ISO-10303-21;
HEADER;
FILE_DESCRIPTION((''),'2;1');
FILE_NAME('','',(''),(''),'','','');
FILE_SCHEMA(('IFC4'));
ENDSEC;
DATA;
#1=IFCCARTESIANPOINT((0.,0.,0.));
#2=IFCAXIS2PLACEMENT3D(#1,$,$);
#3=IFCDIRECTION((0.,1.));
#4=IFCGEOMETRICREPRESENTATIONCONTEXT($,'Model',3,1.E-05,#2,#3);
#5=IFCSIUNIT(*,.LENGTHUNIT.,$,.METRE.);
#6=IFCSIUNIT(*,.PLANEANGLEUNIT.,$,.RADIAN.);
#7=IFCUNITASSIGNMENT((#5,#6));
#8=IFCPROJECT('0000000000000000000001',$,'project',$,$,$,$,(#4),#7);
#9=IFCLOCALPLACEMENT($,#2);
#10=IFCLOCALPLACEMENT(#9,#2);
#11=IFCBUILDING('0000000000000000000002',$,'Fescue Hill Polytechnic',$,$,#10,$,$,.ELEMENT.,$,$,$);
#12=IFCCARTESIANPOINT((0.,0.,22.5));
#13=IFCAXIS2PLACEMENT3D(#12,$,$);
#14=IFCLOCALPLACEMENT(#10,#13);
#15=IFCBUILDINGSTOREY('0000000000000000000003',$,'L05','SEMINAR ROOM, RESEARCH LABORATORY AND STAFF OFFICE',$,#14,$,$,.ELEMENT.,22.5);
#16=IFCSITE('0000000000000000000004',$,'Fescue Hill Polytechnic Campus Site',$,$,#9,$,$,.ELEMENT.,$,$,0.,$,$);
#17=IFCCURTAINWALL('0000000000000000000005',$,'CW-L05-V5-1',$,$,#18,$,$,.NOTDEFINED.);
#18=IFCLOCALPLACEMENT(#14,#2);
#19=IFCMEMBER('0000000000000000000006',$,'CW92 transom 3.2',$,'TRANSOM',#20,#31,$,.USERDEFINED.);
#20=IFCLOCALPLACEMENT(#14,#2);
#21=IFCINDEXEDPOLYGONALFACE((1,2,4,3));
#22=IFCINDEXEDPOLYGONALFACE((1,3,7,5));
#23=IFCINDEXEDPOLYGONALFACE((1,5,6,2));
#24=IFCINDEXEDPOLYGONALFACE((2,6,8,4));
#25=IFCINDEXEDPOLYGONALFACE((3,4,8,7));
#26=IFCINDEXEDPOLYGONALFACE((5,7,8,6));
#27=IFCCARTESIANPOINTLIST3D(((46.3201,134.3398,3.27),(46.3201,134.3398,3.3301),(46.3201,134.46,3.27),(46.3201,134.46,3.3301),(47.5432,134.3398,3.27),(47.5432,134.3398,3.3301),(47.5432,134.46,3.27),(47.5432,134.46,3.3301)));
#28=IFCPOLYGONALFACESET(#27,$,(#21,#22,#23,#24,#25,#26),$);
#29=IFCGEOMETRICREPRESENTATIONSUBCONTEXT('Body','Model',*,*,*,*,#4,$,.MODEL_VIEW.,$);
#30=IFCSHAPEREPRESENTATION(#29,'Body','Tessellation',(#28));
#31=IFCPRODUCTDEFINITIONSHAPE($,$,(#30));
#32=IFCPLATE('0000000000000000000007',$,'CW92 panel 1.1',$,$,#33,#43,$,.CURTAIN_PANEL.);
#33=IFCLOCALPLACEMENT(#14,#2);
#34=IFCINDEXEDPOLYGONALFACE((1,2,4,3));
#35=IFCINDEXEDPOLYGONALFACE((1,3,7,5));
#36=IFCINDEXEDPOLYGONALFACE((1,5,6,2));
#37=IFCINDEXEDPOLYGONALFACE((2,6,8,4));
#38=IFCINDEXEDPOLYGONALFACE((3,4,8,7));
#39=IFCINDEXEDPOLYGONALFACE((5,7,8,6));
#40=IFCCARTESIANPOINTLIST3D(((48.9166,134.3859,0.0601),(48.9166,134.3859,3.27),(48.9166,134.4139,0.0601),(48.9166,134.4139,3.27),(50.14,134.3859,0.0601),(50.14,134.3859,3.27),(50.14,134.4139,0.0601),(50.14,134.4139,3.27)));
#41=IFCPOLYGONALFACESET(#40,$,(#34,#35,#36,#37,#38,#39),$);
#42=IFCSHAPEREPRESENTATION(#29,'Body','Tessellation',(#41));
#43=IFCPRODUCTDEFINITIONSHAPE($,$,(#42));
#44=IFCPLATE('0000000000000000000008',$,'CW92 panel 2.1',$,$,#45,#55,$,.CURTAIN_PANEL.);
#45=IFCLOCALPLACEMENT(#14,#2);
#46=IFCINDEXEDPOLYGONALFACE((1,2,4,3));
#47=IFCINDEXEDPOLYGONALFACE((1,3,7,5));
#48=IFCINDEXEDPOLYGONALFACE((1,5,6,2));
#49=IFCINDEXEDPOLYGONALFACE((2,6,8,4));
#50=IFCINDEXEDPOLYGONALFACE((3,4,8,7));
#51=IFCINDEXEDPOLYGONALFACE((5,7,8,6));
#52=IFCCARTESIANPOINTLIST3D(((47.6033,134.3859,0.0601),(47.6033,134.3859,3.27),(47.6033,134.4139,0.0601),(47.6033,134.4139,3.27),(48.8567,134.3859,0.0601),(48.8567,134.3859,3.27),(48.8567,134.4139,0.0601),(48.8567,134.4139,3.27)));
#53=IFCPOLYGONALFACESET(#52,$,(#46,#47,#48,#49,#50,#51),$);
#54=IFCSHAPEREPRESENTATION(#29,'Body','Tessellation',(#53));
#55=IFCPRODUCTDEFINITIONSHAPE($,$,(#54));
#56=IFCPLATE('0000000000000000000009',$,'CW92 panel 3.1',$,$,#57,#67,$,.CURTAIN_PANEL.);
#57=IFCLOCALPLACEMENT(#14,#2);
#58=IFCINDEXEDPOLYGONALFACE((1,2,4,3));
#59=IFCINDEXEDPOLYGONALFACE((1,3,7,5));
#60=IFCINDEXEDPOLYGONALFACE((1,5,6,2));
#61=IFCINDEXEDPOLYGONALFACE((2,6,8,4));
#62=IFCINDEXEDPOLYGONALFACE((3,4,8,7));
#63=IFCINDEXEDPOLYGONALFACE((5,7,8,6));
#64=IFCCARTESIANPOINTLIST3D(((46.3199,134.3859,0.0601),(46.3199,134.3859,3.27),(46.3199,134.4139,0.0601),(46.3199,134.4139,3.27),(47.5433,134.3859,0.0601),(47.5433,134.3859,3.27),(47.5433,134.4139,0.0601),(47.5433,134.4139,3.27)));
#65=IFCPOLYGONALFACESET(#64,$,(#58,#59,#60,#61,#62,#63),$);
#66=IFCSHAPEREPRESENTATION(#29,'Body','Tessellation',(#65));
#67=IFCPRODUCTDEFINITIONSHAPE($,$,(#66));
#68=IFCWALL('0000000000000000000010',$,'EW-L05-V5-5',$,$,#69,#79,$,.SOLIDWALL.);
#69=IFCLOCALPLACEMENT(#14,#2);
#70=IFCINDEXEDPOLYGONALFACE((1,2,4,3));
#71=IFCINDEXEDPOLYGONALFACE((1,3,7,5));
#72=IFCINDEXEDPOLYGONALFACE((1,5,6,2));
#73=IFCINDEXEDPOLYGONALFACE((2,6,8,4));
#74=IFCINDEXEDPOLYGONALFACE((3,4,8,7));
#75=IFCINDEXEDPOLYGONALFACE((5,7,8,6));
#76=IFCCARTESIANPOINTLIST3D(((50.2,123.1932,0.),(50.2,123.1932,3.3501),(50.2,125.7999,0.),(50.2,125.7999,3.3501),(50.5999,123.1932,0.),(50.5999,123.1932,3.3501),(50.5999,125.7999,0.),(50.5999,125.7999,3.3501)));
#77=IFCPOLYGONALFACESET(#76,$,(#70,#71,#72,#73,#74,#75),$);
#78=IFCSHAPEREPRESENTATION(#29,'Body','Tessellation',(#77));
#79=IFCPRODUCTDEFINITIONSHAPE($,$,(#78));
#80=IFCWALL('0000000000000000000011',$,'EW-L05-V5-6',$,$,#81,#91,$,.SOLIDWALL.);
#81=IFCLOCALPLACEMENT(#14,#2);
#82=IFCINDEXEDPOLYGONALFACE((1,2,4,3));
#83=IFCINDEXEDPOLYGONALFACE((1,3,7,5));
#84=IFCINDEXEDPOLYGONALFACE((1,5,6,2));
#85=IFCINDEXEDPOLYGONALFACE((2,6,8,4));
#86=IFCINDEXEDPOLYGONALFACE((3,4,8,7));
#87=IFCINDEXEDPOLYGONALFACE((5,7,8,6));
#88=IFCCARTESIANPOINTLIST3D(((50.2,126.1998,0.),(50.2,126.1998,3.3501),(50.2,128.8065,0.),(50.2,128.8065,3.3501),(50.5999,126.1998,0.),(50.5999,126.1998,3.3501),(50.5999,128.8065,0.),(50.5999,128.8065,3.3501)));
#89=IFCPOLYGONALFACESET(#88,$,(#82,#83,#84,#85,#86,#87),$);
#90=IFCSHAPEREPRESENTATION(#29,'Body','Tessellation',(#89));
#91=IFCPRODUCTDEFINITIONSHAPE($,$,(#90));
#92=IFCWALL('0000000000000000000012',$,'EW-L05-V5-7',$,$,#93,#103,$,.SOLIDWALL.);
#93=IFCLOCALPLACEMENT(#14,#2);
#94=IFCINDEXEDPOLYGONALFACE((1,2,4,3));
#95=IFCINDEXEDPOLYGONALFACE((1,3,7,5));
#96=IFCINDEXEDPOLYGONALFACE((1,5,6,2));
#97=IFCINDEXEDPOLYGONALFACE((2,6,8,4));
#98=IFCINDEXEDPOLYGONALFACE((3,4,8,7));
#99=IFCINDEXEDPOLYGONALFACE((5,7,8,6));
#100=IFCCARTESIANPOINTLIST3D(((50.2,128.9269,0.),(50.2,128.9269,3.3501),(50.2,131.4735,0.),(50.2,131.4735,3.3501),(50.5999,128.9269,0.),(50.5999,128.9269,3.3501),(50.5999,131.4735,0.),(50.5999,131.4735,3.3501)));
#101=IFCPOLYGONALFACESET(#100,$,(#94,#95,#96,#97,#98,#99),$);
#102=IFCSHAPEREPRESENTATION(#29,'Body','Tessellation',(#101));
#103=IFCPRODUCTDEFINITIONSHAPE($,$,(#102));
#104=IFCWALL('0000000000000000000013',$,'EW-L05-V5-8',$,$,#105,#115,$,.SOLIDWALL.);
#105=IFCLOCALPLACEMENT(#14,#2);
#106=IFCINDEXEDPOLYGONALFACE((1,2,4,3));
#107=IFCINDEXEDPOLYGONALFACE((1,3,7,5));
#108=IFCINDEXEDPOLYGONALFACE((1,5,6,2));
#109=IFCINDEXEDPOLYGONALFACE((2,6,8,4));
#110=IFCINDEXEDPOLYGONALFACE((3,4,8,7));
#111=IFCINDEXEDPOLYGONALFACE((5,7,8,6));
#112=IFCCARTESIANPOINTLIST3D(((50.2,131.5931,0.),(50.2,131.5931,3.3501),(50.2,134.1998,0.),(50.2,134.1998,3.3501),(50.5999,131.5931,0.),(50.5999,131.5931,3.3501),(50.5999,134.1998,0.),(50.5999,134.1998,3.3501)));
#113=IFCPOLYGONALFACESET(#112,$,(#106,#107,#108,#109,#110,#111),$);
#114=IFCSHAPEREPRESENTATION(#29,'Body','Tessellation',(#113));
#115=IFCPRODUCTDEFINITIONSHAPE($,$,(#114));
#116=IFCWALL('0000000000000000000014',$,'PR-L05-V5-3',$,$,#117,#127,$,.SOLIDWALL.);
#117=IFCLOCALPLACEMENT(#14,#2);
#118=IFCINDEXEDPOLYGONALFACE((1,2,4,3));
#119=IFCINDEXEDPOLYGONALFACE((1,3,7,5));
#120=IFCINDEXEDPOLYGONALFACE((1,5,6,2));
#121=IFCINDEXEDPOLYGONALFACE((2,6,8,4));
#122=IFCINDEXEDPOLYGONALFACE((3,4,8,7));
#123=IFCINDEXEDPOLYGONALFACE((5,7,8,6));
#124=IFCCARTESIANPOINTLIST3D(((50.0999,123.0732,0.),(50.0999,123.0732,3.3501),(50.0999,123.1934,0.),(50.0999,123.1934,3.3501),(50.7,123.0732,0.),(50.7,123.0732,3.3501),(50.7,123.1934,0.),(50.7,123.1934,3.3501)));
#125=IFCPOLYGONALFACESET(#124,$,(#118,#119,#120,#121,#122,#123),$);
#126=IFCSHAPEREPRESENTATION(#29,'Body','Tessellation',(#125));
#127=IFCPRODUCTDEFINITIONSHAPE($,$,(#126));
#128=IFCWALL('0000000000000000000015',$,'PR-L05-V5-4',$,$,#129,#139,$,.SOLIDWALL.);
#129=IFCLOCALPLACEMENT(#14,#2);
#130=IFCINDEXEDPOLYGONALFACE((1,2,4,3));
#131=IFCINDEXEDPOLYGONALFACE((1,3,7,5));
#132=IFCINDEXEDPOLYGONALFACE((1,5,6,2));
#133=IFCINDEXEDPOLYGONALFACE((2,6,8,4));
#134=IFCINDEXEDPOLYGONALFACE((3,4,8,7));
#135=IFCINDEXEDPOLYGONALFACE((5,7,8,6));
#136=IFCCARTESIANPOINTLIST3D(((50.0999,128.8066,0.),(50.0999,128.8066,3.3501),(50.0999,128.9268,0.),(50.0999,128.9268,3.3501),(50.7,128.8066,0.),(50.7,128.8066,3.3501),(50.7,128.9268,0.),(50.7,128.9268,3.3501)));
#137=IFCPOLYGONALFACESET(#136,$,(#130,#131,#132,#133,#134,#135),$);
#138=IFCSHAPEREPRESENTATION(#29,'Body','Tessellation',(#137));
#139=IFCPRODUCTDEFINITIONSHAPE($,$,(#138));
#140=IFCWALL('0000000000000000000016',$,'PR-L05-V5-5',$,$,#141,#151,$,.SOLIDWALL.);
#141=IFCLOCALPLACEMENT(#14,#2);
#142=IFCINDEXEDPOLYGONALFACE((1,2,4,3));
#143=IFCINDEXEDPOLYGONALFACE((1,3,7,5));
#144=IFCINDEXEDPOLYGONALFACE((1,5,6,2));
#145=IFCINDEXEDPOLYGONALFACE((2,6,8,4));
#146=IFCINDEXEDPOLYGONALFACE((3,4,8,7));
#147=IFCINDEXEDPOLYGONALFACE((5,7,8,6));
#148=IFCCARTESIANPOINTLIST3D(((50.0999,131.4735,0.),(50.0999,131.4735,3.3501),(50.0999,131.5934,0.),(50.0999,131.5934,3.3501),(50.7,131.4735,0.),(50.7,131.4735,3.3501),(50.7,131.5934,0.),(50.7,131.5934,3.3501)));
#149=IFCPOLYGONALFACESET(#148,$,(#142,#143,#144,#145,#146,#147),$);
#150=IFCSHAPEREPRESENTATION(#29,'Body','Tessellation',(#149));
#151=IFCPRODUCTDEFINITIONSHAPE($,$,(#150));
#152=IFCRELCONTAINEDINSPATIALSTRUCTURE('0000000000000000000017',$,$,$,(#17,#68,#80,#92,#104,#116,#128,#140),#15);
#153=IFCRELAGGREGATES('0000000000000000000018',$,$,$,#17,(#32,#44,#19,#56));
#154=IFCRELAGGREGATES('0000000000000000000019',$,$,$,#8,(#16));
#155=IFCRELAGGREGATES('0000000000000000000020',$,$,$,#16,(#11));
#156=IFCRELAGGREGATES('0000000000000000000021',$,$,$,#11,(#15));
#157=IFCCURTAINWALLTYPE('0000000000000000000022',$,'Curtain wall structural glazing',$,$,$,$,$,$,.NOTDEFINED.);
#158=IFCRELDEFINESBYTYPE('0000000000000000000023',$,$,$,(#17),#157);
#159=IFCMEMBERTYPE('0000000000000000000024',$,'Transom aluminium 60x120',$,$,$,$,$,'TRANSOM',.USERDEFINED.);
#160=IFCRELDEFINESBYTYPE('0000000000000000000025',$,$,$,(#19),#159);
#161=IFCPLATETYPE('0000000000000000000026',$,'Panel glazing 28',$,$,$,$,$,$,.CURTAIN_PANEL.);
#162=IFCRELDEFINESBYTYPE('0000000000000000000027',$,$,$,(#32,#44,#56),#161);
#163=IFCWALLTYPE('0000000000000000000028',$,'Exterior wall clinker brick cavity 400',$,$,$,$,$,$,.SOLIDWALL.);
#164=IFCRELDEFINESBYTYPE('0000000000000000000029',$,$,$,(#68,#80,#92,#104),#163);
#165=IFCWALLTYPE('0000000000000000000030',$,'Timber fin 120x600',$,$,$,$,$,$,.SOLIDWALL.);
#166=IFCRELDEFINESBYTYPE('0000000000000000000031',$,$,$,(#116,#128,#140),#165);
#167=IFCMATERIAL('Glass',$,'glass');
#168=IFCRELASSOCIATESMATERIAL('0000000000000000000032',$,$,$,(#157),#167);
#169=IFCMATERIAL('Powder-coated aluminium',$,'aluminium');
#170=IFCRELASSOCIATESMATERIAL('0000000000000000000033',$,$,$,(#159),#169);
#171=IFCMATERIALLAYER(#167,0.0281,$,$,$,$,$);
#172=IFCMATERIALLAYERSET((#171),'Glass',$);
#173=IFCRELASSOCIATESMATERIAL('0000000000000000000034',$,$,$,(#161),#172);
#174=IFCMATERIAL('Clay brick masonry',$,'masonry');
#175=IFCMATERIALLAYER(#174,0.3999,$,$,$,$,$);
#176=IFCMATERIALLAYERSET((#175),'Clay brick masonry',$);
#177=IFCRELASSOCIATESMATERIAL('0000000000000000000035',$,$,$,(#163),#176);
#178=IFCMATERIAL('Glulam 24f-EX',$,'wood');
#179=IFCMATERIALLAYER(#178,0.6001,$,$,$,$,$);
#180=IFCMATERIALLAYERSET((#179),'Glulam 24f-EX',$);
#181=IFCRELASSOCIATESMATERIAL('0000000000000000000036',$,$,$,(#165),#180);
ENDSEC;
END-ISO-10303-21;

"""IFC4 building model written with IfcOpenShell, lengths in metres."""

from ifc_helpers import new_model, si_unit, direction, frame, frame_2d, origin, origin_2d, place, context, subcontext, project, spatial, rectangle, extrude, material, layer, layer_set, material_profile, profile_set, type_object, element, aggregate, save


model = new_model("IFC4")

# Units and contexts
model_context = context("Model", 3, precision=1e-05, world=origin(), true_north=direction((0.0, 1.0)))
body_context = subcontext(model_context, "Body", "Model", "MODEL_VIEW")
ifc_project = project(units=[si_unit("LENGTHUNIT", "METRE"), si_unit("PLANEANGLEUNIT", "RADIAN")], contexts=[model_context])

# Site, building, storey
site_placement = place(None, origin())
site = spatial("IfcSite", under=ifc_project, at=site_placement, Name="Fescue Hill Polytechnic Campus Site", CompositionType="ELEMENT", RefElevation=0.0)
building_placement = place(site_placement, origin())
building = spatial("IfcBuilding", under=site, at=building_placement, Name="Fescue Hill Polytechnic", CompositionType="ELEMENT")
storey_placement = place(building_placement, frame((0.0, 0.0, 22.5)))
storey = spatial("IfcBuildingStorey", under=building, at=storey_placement, Name="L05", Description="SEMINAR ROOM, RESEARCH LABORATORY AND STAFF OFFICE", CompositionType="ELEMENT", Elevation=22.5)

# Curtain wall, member, plates
ifc_material_1 = material(Name="Glass", Category="glass")
curtain_wall_type = type_object("IfcCurtainWallType", Name="Curtain wall structural glazing", PredefinedType="NOTDEFINED", material=ifc_material_1)
curtain_wall_placement = place(storey_placement, origin())
curtain_wall = element("IfcCurtainWall", 1, at=curtain_wall_placement, inside=storey, type_object=curtain_wall_type, Name="CW-L05-V5-1", PredefinedType="NOTDEFINED")
ifc_material_2 = material(Name="Powder-coated aluminium", Category="aluminium")
ifc_material_profile_1 = material_profile(ifc_material_2, rectangle(XDim=0.1201, YDim=0.0601, at=origin_2d()), Name="Transom aluminium 60x120")
ifc_profile_set_1 = profile_set([ifc_material_profile_1], Name="Powder-coated aluminium")
member_type_1 = type_object("IfcMemberType", Name="Transom aluminium 60x120", ElementType="TRANSOM", PredefinedType="USERDEFINED", material=ifc_profile_set_1)
member_1_placement = place(storey_placement, frame((47.5432, 134.3999, 3.3), z_axis=(-1.0, 0.0, 0.0), x_axis=(0.0, -1.0, 0.0)))
member_1 = element("IfcMember", 2, at=member_1_placement, type_object=member_type_1, Name="CW92 transom 3.2", ObjectType="TRANSOM", PredefinedType="USERDEFINED", context=body_context, shape_type="SweptSolid", body=[
    extrude(rectangle(XDim=0.1201, YDim=0.0601, at=origin_2d()), origin(), (0.0, 0.0, 1.0), 1.2231),
])
ifc_layer_1 = layer(ifc_material_1, 0.0281)
ifc_layer_set_1 = layer_set([ifc_layer_1], Name="Glass")
plate_type = type_object("IfcPlateType", Name="Panel glazing 28", PredefinedType="CURTAIN_PANEL", material=ifc_layer_set_1)
plate_1_placement = place(storey_placement, frame((49.5283, 134.3999, 0.0601), z_axis=(0.0, 0.0, 1.0), x_axis=(-1.0, 0.0, 0.0)))
plate_1 = element("IfcPlate", 3, at=plate_1_placement, type_object=plate_type, Name="CW92 panel 1.1", PredefinedType="CURTAIN_PANEL", context=body_context, shape_type="SweptSolid", body=[
    extrude(rectangle(XDim=1.2234, YDim=0.0281, at=origin_2d()), origin(), (0.0, 0.0, 1.0), 3.21),
])
plate_2_placement = place(storey_placement, frame((48.23, 134.3999, 0.0601), z_axis=(0.0, 0.0, 1.0), x_axis=(-1.0, 0.0, 0.0)))
plate_2 = element("IfcPlate", 4, at=plate_2_placement, type_object=plate_type, Name="CW92 panel 2.1", PredefinedType="CURTAIN_PANEL", context=body_context, shape_type="SweptSolid", body=[
    extrude(rectangle(XDim=1.2534, YDim=0.0281, at=origin_2d()), origin(), (0.0, 0.0, 1.0), 3.21),
])
plate_3_placement = place(storey_placement, frame((46.9316, 134.3999, 0.0601), z_axis=(0.0, 0.0, 1.0), x_axis=(-1.0, 0.0, 0.0)))
plate_3 = element("IfcPlate", 5, at=plate_3_placement, type_object=plate_type, Name="CW92 panel 3.1", PredefinedType="CURTAIN_PANEL", context=body_context, shape_type="SweptSolid", body=[
    extrude(rectangle(XDim=1.2234, YDim=0.0281, at=origin_2d()), origin(), (0.0, 0.0, 1.0), 3.21),
])
aggregate(curtain_wall, [plate_1, plate_2, member_1, plate_3])

# Walls
ifc_material_3 = material(Name="Clay brick masonry", Category="masonry")
ifc_layer_2 = layer(ifc_material_3, 0.3999)
ifc_layer_set_2 = layer_set([ifc_layer_2], Name="Clay brick masonry")
wall_type_1 = type_object("IfcWallType", Name="Exterior wall clinker brick cavity 400", PredefinedType="SOLIDWALL", material=ifc_layer_set_2)
for number, where, z_axis, x_axis, name in (
    (6, (50.3999, 123.1934, 0.0), (0.0, 0.0, 1.0), (0.0, 1.0, 0.0), "EW-L05-V5-5"),
    (7, (50.3999, 126.2, 0.0), (0.0, 0.0, 1.0), (0.0, 1.0, 0.0), "EW-L05-V5-6"),
):
    element("IfcWall", number, at=place(storey_placement, frame(where, z_axis=z_axis, x_axis=x_axis)), inside=storey, type_object=wall_type_1, Name=name, PredefinedType="SOLIDWALL", context=body_context, shape_type="SweptSolid", body=[
        extrude(rectangle(XDim=2.6067, YDim=0.3999, at=frame_2d((1.3032, 0.0))), origin(), (0.0, 0.0, 1.0), 3.3501),
    ])
wall_1_placement = place(storey_placement, frame((50.3999, 128.9268, 0.0), z_axis=(0.0, 0.0, 1.0), x_axis=(0.0, 1.0, 0.0)))
element("IfcWall", 8, at=wall_1_placement, inside=storey, type_object=wall_type_1, Name="EW-L05-V5-7", PredefinedType="SOLIDWALL", context=body_context, shape_type="SweptSolid", body=[
    extrude(rectangle(XDim=2.5466, YDim=0.3999, at=frame_2d((1.2734, 0.0))), origin(), (0.0, 0.0, 1.0), 3.3501),
])
wall_2_placement = place(storey_placement, frame((50.3999, 131.5933, 0.0), z_axis=(0.0, 0.0, 1.0), x_axis=(0.0, 1.0, 0.0)))
element("IfcWall", 9, at=wall_2_placement, inside=storey, type_object=wall_type_1, Name="EW-L05-V5-8", PredefinedType="SOLIDWALL", context=body_context, shape_type="SweptSolid", body=[
    extrude(rectangle(XDim=2.6067, YDim=0.3999, at=frame_2d((1.3032, 0.0))), origin(), (0.0, 0.0, 1.0), 3.3501),
])
ifc_material_4 = material(Name="Glulam 24f-EX", Category="wood")
ifc_layer_3 = layer(ifc_material_4, 0.6001)
ifc_layer_set_3 = layer_set([ifc_layer_3], Name="Glulam 24f-EX")
wall_type_2 = type_object("IfcWallType", Name="Timber fin 120x600", PredefinedType="SOLIDWALL", material=ifc_layer_set_3)
for number, where, z_axis, x_axis, name in (
    (10, (50.3999, 123.0732, 0.0), (0.0, 0.0, 1.0), (0.0, 1.0, 0.0), "PR-L05-V5-3"),
    (11, (50.3999, 128.8066, 0.0), (0.0, 0.0, 1.0), (0.0, 1.0, 0.0), "PR-L05-V5-4"),
):
    element("IfcWall", number, at=place(storey_placement, frame(where, z_axis=z_axis, x_axis=x_axis)), inside=storey, type_object=wall_type_2, Name=name, PredefinedType="SOLIDWALL", context=body_context, shape_type="SweptSolid", body=[
        extrude(rectangle(XDim=0.1201, YDim=0.6001, at=frame_2d((0.0601, 0.0))), origin(), (0.0, 0.0, 1.0), 3.3501),
    ])
wall_3_placement = place(storey_placement, frame((50.3999, 131.4734, 0.0), z_axis=(0.0, 0.0, 1.0), x_axis=(0.0, 1.0, 0.0)))
element("IfcWall", 12, at=wall_3_placement, inside=storey, type_object=wall_type_2, Name="PR-L05-V5-5", PredefinedType="SOLIDWALL", context=body_context, shape_type="SweptSolid", body=[
    extrude(rectangle(XDim=0.1199, YDim=0.6001, at=frame_2d((0.0601, 0.0))), origin(), (0.0, 0.0, 1.0), 3.3501),
])

save(model, "model.ifc")
